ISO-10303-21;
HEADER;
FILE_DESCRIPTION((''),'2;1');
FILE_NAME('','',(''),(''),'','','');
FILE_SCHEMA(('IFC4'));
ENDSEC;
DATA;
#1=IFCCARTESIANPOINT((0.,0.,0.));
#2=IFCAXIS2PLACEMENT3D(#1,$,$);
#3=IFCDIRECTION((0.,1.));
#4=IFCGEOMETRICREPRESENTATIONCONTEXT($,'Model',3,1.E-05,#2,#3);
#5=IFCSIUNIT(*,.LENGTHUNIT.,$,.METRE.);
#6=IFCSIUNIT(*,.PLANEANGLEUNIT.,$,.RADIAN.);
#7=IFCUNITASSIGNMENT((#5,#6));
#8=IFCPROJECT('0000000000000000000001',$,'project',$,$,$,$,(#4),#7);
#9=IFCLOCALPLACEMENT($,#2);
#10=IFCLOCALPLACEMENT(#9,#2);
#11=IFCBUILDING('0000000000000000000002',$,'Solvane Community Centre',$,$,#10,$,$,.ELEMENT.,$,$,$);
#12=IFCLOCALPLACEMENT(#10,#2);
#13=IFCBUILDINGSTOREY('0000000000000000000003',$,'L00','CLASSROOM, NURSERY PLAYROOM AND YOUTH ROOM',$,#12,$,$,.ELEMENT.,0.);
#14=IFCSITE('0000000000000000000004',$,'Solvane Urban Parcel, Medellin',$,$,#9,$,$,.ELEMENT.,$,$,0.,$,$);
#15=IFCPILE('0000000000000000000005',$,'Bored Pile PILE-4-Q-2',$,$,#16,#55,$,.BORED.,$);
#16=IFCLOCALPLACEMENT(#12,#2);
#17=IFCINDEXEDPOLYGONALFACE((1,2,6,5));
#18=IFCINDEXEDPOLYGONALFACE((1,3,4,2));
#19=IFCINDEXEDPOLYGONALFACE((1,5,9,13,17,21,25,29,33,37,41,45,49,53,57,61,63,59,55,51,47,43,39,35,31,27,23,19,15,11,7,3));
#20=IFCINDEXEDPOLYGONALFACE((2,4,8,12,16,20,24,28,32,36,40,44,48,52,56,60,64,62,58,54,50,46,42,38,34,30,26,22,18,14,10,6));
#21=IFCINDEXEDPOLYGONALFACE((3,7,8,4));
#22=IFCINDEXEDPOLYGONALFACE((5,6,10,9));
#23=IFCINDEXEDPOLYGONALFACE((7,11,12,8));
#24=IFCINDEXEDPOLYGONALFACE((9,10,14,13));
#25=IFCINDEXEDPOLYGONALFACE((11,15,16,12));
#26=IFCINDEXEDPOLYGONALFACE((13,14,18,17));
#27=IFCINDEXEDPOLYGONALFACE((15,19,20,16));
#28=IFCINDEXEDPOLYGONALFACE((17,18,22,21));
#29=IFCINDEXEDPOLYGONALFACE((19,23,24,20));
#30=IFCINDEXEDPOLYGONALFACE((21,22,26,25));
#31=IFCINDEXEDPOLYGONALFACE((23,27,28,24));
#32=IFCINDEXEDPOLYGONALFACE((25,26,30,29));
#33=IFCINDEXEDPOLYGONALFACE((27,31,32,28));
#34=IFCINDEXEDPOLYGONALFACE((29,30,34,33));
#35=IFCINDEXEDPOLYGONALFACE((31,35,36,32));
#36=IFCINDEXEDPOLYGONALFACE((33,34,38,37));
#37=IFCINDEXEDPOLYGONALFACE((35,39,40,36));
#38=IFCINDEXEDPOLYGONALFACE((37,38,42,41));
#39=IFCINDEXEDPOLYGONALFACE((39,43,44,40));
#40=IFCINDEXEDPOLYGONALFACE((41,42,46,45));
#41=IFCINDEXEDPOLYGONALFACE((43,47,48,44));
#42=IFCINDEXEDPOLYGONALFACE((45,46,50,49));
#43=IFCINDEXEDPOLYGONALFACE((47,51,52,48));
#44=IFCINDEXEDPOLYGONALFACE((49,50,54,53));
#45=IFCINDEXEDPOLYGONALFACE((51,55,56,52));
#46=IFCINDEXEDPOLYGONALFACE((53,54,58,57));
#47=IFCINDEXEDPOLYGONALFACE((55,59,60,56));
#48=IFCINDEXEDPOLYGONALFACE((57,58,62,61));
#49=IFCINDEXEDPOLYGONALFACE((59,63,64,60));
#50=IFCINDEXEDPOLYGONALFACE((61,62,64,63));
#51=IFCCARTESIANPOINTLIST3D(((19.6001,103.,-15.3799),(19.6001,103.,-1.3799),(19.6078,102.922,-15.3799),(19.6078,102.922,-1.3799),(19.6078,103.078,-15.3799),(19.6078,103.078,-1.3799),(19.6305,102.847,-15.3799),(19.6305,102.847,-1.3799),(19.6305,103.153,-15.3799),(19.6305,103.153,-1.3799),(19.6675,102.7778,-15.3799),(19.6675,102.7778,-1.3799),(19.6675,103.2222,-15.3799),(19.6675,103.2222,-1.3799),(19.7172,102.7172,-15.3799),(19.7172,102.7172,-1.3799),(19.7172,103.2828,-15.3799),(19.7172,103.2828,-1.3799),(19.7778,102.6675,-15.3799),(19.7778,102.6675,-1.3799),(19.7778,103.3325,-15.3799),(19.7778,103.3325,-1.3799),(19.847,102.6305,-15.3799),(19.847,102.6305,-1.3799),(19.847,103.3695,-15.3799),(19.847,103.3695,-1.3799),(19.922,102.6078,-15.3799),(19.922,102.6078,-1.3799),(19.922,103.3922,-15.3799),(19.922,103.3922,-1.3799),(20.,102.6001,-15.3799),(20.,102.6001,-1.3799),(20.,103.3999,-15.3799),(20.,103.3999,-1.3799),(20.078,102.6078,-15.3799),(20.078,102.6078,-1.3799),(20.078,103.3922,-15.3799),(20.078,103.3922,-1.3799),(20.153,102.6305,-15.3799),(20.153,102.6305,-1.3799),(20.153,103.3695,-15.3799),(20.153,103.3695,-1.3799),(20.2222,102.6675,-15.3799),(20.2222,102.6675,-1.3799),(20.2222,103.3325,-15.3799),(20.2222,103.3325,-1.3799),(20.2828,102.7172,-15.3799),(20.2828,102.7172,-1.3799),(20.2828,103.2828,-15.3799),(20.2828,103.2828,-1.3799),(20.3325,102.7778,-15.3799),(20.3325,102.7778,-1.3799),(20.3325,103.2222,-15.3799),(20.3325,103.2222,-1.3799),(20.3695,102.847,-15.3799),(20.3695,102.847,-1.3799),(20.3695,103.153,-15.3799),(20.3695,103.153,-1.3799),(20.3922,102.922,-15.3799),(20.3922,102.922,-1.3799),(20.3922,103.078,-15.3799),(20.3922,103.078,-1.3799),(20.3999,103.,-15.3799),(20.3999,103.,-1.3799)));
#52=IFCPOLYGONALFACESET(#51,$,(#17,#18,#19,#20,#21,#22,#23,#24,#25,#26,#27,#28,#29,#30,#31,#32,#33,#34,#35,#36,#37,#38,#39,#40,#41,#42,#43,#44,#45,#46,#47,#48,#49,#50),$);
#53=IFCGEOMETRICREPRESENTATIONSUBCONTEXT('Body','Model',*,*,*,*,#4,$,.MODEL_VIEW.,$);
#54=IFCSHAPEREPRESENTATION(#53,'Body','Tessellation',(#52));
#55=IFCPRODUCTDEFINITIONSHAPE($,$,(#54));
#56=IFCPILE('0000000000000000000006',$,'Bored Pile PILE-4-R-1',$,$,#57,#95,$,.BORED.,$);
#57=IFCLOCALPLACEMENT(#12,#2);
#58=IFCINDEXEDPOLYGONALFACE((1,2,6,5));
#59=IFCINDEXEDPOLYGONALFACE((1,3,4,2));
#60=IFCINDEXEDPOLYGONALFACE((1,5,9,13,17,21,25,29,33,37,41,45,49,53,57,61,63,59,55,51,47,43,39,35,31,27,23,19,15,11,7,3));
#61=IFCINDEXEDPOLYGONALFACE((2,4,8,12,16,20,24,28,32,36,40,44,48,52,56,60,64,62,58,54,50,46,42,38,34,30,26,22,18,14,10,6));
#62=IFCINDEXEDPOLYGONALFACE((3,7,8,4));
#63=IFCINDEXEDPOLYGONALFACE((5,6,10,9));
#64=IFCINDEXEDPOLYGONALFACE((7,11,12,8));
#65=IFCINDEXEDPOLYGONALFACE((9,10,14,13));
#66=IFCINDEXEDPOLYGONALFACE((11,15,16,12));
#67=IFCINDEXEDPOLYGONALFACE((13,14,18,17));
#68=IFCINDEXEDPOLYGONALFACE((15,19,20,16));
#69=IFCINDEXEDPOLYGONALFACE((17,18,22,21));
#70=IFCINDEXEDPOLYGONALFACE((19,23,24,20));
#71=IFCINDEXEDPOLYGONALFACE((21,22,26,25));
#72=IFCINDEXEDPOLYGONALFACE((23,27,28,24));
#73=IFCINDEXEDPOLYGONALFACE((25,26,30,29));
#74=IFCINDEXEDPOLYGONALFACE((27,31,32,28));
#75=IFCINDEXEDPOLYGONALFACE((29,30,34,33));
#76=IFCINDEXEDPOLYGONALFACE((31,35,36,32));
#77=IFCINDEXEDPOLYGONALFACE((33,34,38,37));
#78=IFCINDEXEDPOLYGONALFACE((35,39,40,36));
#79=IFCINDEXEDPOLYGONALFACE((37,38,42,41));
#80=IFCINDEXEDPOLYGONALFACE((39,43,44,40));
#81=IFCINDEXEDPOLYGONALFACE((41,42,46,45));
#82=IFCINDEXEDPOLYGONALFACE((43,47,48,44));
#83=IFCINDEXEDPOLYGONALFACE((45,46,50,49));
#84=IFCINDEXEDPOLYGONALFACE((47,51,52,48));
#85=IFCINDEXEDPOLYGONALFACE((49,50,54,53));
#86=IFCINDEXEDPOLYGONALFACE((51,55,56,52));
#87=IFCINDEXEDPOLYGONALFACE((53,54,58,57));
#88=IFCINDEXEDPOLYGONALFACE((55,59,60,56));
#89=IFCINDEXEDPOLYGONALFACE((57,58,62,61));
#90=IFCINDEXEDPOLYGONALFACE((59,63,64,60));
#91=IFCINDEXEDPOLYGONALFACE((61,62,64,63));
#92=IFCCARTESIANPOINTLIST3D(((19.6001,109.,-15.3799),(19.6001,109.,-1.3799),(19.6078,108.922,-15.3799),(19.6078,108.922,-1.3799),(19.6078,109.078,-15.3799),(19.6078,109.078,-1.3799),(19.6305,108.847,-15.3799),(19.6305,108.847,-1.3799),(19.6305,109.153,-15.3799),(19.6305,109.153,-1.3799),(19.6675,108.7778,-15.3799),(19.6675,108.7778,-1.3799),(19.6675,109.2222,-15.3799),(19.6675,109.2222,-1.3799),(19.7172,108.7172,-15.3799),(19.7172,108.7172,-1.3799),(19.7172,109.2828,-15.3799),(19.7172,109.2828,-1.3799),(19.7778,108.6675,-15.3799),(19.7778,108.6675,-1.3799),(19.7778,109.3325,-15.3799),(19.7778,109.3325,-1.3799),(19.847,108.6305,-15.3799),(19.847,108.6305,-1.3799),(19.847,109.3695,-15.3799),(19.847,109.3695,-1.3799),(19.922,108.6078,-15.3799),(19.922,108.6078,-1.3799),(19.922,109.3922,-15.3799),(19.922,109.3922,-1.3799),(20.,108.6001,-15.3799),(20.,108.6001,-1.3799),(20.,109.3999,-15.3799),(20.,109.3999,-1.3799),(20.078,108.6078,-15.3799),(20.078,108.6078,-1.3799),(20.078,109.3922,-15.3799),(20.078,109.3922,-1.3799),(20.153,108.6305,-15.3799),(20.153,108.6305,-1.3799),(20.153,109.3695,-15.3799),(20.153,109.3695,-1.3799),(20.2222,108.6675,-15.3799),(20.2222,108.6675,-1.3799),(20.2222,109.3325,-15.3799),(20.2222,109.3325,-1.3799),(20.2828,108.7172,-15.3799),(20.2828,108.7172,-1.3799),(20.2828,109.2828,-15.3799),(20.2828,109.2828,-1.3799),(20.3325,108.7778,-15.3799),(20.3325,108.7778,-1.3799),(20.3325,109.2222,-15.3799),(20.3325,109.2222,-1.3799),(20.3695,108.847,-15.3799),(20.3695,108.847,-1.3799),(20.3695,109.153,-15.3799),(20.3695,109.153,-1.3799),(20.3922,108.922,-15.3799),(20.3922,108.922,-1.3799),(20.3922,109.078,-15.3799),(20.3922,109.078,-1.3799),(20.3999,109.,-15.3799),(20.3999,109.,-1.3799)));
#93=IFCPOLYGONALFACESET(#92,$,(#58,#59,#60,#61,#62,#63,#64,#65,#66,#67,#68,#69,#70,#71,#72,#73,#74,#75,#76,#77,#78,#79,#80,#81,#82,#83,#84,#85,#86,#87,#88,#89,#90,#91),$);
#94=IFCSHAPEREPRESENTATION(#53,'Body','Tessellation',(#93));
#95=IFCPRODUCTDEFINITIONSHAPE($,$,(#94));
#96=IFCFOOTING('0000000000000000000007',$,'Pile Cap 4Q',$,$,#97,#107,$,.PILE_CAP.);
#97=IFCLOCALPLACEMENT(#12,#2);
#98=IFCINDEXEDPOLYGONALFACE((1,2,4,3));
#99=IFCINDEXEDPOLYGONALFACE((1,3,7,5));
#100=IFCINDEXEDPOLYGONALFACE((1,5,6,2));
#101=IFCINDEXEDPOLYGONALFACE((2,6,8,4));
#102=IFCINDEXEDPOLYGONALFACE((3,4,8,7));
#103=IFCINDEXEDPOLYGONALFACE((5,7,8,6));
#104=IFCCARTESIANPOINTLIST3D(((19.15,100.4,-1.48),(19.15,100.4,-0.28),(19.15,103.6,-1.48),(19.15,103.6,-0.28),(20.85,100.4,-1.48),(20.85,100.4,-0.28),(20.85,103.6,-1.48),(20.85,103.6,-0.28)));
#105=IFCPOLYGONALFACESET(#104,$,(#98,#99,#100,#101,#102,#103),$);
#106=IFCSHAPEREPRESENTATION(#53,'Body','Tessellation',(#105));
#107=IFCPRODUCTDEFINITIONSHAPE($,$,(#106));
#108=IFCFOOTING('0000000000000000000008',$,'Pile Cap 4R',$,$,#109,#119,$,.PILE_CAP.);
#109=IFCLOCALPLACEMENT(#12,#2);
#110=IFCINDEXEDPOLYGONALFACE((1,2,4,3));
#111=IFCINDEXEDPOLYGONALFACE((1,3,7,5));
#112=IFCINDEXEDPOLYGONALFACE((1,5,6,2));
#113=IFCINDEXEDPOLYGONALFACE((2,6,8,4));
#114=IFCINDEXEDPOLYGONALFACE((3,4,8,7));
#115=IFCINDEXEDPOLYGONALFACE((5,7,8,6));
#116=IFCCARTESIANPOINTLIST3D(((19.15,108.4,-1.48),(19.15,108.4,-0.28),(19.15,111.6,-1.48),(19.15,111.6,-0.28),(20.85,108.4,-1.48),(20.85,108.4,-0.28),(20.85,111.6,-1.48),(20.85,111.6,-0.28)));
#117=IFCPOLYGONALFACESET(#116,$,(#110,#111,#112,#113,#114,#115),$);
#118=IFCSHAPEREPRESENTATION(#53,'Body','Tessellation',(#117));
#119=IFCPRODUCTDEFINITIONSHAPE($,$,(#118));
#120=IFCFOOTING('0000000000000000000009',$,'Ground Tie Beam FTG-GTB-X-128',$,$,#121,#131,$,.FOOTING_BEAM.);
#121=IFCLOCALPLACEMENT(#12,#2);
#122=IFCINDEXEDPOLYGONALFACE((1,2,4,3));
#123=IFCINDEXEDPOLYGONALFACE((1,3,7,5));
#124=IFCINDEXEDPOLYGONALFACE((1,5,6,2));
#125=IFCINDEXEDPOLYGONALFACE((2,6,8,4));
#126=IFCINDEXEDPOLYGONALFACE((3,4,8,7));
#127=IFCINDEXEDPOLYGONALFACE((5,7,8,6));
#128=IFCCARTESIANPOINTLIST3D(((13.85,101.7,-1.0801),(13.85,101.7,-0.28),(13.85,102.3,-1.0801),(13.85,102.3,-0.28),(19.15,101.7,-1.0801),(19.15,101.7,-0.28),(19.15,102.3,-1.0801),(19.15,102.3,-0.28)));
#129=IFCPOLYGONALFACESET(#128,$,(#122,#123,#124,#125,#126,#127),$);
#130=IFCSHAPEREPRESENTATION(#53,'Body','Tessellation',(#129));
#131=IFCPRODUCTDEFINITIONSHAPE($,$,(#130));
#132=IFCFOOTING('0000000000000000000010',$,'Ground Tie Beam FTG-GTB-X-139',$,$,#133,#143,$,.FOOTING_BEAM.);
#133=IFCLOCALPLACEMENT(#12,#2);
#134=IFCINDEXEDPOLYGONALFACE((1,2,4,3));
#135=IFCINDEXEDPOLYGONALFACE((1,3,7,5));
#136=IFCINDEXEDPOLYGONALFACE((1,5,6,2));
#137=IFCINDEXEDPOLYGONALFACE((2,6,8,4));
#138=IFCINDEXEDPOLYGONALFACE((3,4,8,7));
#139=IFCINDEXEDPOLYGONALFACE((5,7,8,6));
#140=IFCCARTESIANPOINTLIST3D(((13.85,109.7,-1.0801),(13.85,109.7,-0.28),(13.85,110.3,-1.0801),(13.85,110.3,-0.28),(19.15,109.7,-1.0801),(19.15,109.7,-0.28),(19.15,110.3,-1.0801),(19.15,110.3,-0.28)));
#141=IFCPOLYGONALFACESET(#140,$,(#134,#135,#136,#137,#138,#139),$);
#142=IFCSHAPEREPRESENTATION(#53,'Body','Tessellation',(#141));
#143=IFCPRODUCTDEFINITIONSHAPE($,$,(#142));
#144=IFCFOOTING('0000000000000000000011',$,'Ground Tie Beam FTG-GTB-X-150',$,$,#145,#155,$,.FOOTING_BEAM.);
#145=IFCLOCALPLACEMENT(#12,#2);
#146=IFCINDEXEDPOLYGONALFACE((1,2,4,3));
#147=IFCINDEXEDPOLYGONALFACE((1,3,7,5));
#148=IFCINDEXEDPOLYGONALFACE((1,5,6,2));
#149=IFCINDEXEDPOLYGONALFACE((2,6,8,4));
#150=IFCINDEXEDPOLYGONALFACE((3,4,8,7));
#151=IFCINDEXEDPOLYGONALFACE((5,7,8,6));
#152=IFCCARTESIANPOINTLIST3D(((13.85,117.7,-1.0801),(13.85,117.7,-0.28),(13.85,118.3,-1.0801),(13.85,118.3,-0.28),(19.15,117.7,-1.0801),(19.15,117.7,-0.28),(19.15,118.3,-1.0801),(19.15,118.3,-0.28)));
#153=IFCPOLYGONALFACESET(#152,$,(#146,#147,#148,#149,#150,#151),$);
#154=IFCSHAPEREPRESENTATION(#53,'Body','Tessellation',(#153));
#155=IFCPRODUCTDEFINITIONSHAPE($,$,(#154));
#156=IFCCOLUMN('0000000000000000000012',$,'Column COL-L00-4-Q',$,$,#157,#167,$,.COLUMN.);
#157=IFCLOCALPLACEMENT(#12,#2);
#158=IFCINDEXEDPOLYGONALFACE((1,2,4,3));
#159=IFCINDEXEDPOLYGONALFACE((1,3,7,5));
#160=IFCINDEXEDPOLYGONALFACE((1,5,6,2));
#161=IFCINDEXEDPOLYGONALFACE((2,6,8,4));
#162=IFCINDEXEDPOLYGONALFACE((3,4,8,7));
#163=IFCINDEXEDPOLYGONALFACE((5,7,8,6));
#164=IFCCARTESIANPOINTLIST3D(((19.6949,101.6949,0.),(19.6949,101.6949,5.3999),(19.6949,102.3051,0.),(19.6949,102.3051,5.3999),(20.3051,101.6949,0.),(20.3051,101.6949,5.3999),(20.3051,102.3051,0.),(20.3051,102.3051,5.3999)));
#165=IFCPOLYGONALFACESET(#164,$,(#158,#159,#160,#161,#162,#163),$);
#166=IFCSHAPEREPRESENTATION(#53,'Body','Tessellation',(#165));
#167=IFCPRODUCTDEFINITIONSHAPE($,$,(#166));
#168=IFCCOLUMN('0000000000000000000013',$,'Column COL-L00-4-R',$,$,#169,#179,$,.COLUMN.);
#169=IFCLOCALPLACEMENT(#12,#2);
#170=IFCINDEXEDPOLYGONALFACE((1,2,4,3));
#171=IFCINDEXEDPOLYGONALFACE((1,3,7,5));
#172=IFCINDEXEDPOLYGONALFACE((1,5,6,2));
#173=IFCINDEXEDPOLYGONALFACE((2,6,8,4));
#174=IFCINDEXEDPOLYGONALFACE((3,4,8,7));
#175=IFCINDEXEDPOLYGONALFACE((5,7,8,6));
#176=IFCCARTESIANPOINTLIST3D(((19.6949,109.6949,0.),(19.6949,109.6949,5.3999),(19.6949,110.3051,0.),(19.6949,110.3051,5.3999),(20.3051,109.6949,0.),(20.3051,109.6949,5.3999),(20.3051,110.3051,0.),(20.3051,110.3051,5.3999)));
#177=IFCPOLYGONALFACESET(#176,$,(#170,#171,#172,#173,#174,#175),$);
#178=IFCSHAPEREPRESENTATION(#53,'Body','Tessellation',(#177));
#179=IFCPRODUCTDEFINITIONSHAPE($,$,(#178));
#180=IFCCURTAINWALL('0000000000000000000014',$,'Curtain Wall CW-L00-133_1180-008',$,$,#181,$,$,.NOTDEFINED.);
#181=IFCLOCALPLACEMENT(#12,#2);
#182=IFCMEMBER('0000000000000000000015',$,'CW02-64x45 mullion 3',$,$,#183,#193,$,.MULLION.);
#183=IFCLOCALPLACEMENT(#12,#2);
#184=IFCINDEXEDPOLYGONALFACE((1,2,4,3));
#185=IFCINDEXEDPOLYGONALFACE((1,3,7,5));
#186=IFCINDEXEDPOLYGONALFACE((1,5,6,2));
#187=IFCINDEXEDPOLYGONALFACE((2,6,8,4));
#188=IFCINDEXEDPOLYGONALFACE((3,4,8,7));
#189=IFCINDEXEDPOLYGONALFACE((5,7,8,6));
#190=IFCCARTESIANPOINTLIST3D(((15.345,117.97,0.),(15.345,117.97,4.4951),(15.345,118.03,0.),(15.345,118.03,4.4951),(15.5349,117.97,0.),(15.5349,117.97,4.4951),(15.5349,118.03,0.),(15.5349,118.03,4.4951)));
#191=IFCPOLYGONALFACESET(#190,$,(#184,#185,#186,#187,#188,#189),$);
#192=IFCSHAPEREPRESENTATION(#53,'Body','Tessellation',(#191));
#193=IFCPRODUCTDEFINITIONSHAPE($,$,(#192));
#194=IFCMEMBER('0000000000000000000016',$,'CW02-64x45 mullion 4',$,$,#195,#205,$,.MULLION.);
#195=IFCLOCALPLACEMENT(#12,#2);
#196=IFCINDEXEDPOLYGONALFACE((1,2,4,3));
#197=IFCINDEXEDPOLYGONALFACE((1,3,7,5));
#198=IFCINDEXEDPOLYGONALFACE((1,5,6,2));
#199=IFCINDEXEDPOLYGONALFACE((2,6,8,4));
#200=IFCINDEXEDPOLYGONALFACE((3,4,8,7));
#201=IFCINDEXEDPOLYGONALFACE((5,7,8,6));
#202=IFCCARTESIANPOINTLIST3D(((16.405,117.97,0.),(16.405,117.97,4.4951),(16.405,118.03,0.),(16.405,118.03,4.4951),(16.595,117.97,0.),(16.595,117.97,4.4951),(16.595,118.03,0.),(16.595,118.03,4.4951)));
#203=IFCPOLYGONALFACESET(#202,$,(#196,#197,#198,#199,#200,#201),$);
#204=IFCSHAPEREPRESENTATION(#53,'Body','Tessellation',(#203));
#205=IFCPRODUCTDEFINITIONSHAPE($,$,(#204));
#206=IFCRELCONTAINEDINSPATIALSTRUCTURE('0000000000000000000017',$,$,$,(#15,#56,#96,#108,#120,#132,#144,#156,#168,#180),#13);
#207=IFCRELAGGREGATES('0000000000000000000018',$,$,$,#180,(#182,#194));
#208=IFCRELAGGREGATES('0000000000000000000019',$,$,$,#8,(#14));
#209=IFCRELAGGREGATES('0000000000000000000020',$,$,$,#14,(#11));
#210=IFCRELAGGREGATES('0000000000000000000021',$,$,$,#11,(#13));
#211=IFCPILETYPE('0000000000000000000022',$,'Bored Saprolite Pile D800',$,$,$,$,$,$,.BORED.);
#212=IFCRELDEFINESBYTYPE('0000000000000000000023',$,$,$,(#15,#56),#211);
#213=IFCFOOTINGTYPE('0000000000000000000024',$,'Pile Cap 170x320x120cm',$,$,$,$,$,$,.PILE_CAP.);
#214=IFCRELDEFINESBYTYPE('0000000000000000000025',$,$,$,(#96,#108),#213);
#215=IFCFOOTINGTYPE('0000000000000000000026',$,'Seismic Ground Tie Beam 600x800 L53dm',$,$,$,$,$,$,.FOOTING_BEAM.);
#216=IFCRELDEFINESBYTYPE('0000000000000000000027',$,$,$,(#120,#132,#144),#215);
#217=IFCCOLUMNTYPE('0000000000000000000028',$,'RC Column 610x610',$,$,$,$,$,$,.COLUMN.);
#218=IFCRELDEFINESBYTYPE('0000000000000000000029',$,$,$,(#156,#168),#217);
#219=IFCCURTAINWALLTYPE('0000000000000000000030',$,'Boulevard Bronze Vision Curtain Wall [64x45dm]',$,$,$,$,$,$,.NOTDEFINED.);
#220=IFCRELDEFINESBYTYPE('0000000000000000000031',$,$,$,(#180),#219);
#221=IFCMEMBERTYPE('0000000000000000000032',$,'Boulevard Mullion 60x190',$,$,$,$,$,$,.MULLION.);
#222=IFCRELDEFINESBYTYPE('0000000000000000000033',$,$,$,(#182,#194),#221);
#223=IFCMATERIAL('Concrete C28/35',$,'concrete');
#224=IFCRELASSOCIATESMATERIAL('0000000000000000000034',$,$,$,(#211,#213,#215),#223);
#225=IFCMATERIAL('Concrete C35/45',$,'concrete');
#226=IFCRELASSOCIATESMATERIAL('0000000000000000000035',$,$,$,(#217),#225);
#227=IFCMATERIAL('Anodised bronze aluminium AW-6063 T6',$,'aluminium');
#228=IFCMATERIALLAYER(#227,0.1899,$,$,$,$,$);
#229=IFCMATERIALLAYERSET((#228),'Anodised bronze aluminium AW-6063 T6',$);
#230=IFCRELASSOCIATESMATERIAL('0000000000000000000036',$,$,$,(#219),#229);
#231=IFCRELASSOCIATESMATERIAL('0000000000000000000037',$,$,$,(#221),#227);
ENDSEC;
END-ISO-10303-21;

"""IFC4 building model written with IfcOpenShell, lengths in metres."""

from ifc_helpers import new_model, si_unit, direction, frame, origin, origin_2d, place, context, subcontext, project, spatial, rectangle, circle, extrude, material, layer, layer_set, material_profile, profile_set, type_object, element, aggregate, save


model = new_model("IFC4")

# Units and contexts
model_context = context("Model", 3, precision=1e-05, world=origin(), true_north=direction((0.0, 1.0)))
body_context = subcontext(model_context, "Body", "Model", "MODEL_VIEW")
ifc_project = project(units=[si_unit("LENGTHUNIT", "METRE"), si_unit("PLANEANGLEUNIT", "RADIAN")], contexts=[model_context])

# Site, building, storey
site_placement = place(None, origin())
site = spatial("IfcSite", under=ifc_project, at=site_placement, Name="Solvane Urban Parcel, Medellin", CompositionType="ELEMENT", RefElevation=0.0)
building_placement = place(site_placement, origin())
building = spatial("IfcBuilding", under=site, at=building_placement, Name="Solvane Community Centre", CompositionType="ELEMENT")
storey_placement = place(building_placement, origin())
storey = spatial("IfcBuildingStorey", under=building, at=storey_placement, Name="L00", Description="CLASSROOM, NURSERY PLAYROOM AND YOUTH ROOM", CompositionType="ELEMENT", Elevation=0.0)

# Piles
ifc_material_1 = material(Name="Concrete C28/35", Category="concrete")
ifc_material_profile_1 = material_profile(ifc_material_1, circle(Radius=0.3999, at=origin_2d()), Name="PILE D800")
ifc_profile_set_1 = profile_set([ifc_material_profile_1], Name="Concrete C28/35")
pile_type = type_object("IfcPileType", Name="Bored Saprolite Pile D800", PredefinedType="BORED", material=ifc_profile_set_1)
for number, where, z_axis, x_axis, name in (
    (1, (20.0, 103.0, -1.3799), (0.0, 0.0, -1.0), (1.0, 0.0, 0.0), "Bored Pile PILE-4-Q-2"),
    (2, (20.0, 109.0, -1.3799), (0.0, 0.0, -1.0), (1.0, 0.0, 0.0), "Bored Pile PILE-4-R-1"),
):
    element("IfcPile", number, at=place(storey_placement, frame(where, z_axis=z_axis, x_axis=x_axis)), inside=storey, type_object=pile_type, Name=name, PredefinedType="BORED", context=body_context, shape_type="SweptSolid", body=[
        extrude(circle(Radius=0.3999, at=origin_2d()), origin(), (0.0, 0.0, 1.0), 14.0),
    ])

# Footings
footing_type_1 = type_object("IfcFootingType", Name="Pile Cap 170x320x120cm", PredefinedType="PILE_CAP", material=ifc_material_1)
for number, where, z_axis, x_axis, name in (
    (3, (20.0, 102.0, -1.48), (0.0, 0.0, 1.0), (1.0, 0.0, 0.0), "Pile Cap 4Q"),
    (4, (20.0, 110.0, -1.48), (0.0, 0.0, 1.0), (1.0, 0.0, 0.0), "Pile Cap 4R"),
):
    element("IfcFooting", number, at=place(storey_placement, frame(where, z_axis=z_axis, x_axis=x_axis)), inside=storey, type_object=footing_type_1, Name=name, PredefinedType="PILE_CAP", context=body_context, shape_type="SweptSolid", body=[
        extrude(rectangle(XDim=1.7, YDim=3.2, at=origin_2d()), origin(), (0.0, 0.0, 1.0), 1.2),
    ])
footing_type_2 = type_object("IfcFootingType", Name="Seismic Ground Tie Beam 600x800 L53dm", PredefinedType="FOOTING_BEAM", material=ifc_material_1)
for number, where, z_axis, x_axis, name in (
    (5, (16.5, 102.0, -1.0801), (0.0, 0.0, 1.0), (1.0, 0.0, 0.0), "Ground Tie Beam FTG-GTB-X-128"),
    (6, (16.5, 110.0, -1.0801), (0.0, 0.0, 1.0), (1.0, 0.0, 0.0), "Ground Tie Beam FTG-GTB-X-139"),
    (7, (16.5, 118.0, -1.0801), (0.0, 0.0, 1.0), (1.0, 0.0, 0.0), "Ground Tie Beam FTG-GTB-X-150"),
):
    element("IfcFooting", number, at=place(storey_placement, frame(where, z_axis=z_axis, x_axis=x_axis)), inside=storey, type_object=footing_type_2, Name=name, PredefinedType="FOOTING_BEAM", context=body_context, shape_type="SweptSolid", body=[
        extrude(rectangle(XDim=5.3, YDim=0.6001, at=origin_2d()), origin(), (0.0, 0.0, 1.0), 0.8),
    ])

# Columns
ifc_material_2 = material(Name="Concrete C35/45", Category="concrete")
ifc_material_profile_2 = material_profile(ifc_material_2, rectangle(XDim=0.6101, YDim=0.6101, at=origin_2d()), Name="RC 610x610")
ifc_profile_set_2 = profile_set([ifc_material_profile_2], Name="Concrete C35/45")
column_type = type_object("IfcColumnType", Name="RC Column 610x610", PredefinedType="COLUMN", material=ifc_profile_set_2)
for number, where, z_axis, x_axis, name in (
    (8, (20.0, 102.0, 0.0), (0.0, 0.0, 1.0), (1.0, 0.0, 0.0), "Column COL-L00-4-Q"),
    (9, (20.0, 110.0, 0.0), (0.0, 0.0, 1.0), (1.0, 0.0, 0.0), "Column COL-L00-4-R"),
):
    element("IfcColumn", number, at=place(storey_placement, frame(where, z_axis=z_axis, x_axis=x_axis)), inside=storey, type_object=column_type, Name=name, PredefinedType="COLUMN", context=body_context, shape_type="SweptSolid", body=[
        extrude(rectangle(XDim=0.6101, YDim=0.6101, at=origin_2d()), origin(), (0.0, 0.0, 1.0), 5.3999),
    ])

# Curtain wall, members
ifc_material_3 = material(Name="Anodised bronze aluminium AW-6063 T6", Category="aluminium")
ifc_layer_1 = layer(ifc_material_3, 0.1899)
ifc_layer_set_1 = layer_set([ifc_layer_1], Name="Anodised bronze aluminium AW-6063 T6")
curtain_wall_type = type_object("IfcCurtainWallType", Name="Boulevard Bronze Vision Curtain Wall [64x45dm]", PredefinedType="NOTDEFINED", material=ifc_layer_set_1)
curtain_wall_placement = place(storey_placement, origin())
curtain_wall = element("IfcCurtainWall", 10, at=curtain_wall_placement, inside=storey, type_object=curtain_wall_type, Name="Curtain Wall CW-L00-133_1180-008", PredefinedType="NOTDEFINED")
ifc_material_profile_3 = material_profile(ifc_material_3, rectangle(XDim=0.0601, YDim=0.1899, at=origin_2d()), Name="CW-M 60x190")
ifc_profile_set_3 = profile_set([ifc_material_profile_3], Name="Anodised bronze aluminium AW-6063 T6")
member_type_1 = type_object("IfcMemberType", Name="Boulevard Mullion 60x190", PredefinedType="MULLION", material=ifc_profile_set_3)
member_1_placement = place(storey_placement, frame((15.4399, 118.0, 0.0), z_axis=(0.0, 0.0, 1.0), x_axis=(0.0, 1.0, 0.0)))
member_1 = element("IfcMember", 11, at=member_1_placement, type_object=member_type_1, Name="CW02-64x45 mullion 3", PredefinedType="MULLION", context=body_context, shape_type="SweptSolid", body=[
    extrude(rectangle(XDim=0.0601, YDim=0.1899, at=origin_2d()), origin(), (0.0, 0.0, 1.0), 4.4951),
])
member_2_placement = place(storey_placement, frame((16.5, 118.0, 0.0), z_axis=(0.0, 0.0, 1.0), x_axis=(0.0, 1.0, 0.0)))
member_2 = element("IfcMember", 12, at=member_2_placement, type_object=member_type_1, Name="CW02-64x45 mullion 4", PredefinedType="MULLION", context=body_context, shape_type="SweptSolid", body=[
    extrude(rectangle(XDim=0.0601, YDim=0.1899, at=origin_2d()), origin(), (0.0, 0.0, 1.0), 4.4951),
])
aggregate(curtain_wall, [member_1, member_2])

save(model, "model.ifc")
